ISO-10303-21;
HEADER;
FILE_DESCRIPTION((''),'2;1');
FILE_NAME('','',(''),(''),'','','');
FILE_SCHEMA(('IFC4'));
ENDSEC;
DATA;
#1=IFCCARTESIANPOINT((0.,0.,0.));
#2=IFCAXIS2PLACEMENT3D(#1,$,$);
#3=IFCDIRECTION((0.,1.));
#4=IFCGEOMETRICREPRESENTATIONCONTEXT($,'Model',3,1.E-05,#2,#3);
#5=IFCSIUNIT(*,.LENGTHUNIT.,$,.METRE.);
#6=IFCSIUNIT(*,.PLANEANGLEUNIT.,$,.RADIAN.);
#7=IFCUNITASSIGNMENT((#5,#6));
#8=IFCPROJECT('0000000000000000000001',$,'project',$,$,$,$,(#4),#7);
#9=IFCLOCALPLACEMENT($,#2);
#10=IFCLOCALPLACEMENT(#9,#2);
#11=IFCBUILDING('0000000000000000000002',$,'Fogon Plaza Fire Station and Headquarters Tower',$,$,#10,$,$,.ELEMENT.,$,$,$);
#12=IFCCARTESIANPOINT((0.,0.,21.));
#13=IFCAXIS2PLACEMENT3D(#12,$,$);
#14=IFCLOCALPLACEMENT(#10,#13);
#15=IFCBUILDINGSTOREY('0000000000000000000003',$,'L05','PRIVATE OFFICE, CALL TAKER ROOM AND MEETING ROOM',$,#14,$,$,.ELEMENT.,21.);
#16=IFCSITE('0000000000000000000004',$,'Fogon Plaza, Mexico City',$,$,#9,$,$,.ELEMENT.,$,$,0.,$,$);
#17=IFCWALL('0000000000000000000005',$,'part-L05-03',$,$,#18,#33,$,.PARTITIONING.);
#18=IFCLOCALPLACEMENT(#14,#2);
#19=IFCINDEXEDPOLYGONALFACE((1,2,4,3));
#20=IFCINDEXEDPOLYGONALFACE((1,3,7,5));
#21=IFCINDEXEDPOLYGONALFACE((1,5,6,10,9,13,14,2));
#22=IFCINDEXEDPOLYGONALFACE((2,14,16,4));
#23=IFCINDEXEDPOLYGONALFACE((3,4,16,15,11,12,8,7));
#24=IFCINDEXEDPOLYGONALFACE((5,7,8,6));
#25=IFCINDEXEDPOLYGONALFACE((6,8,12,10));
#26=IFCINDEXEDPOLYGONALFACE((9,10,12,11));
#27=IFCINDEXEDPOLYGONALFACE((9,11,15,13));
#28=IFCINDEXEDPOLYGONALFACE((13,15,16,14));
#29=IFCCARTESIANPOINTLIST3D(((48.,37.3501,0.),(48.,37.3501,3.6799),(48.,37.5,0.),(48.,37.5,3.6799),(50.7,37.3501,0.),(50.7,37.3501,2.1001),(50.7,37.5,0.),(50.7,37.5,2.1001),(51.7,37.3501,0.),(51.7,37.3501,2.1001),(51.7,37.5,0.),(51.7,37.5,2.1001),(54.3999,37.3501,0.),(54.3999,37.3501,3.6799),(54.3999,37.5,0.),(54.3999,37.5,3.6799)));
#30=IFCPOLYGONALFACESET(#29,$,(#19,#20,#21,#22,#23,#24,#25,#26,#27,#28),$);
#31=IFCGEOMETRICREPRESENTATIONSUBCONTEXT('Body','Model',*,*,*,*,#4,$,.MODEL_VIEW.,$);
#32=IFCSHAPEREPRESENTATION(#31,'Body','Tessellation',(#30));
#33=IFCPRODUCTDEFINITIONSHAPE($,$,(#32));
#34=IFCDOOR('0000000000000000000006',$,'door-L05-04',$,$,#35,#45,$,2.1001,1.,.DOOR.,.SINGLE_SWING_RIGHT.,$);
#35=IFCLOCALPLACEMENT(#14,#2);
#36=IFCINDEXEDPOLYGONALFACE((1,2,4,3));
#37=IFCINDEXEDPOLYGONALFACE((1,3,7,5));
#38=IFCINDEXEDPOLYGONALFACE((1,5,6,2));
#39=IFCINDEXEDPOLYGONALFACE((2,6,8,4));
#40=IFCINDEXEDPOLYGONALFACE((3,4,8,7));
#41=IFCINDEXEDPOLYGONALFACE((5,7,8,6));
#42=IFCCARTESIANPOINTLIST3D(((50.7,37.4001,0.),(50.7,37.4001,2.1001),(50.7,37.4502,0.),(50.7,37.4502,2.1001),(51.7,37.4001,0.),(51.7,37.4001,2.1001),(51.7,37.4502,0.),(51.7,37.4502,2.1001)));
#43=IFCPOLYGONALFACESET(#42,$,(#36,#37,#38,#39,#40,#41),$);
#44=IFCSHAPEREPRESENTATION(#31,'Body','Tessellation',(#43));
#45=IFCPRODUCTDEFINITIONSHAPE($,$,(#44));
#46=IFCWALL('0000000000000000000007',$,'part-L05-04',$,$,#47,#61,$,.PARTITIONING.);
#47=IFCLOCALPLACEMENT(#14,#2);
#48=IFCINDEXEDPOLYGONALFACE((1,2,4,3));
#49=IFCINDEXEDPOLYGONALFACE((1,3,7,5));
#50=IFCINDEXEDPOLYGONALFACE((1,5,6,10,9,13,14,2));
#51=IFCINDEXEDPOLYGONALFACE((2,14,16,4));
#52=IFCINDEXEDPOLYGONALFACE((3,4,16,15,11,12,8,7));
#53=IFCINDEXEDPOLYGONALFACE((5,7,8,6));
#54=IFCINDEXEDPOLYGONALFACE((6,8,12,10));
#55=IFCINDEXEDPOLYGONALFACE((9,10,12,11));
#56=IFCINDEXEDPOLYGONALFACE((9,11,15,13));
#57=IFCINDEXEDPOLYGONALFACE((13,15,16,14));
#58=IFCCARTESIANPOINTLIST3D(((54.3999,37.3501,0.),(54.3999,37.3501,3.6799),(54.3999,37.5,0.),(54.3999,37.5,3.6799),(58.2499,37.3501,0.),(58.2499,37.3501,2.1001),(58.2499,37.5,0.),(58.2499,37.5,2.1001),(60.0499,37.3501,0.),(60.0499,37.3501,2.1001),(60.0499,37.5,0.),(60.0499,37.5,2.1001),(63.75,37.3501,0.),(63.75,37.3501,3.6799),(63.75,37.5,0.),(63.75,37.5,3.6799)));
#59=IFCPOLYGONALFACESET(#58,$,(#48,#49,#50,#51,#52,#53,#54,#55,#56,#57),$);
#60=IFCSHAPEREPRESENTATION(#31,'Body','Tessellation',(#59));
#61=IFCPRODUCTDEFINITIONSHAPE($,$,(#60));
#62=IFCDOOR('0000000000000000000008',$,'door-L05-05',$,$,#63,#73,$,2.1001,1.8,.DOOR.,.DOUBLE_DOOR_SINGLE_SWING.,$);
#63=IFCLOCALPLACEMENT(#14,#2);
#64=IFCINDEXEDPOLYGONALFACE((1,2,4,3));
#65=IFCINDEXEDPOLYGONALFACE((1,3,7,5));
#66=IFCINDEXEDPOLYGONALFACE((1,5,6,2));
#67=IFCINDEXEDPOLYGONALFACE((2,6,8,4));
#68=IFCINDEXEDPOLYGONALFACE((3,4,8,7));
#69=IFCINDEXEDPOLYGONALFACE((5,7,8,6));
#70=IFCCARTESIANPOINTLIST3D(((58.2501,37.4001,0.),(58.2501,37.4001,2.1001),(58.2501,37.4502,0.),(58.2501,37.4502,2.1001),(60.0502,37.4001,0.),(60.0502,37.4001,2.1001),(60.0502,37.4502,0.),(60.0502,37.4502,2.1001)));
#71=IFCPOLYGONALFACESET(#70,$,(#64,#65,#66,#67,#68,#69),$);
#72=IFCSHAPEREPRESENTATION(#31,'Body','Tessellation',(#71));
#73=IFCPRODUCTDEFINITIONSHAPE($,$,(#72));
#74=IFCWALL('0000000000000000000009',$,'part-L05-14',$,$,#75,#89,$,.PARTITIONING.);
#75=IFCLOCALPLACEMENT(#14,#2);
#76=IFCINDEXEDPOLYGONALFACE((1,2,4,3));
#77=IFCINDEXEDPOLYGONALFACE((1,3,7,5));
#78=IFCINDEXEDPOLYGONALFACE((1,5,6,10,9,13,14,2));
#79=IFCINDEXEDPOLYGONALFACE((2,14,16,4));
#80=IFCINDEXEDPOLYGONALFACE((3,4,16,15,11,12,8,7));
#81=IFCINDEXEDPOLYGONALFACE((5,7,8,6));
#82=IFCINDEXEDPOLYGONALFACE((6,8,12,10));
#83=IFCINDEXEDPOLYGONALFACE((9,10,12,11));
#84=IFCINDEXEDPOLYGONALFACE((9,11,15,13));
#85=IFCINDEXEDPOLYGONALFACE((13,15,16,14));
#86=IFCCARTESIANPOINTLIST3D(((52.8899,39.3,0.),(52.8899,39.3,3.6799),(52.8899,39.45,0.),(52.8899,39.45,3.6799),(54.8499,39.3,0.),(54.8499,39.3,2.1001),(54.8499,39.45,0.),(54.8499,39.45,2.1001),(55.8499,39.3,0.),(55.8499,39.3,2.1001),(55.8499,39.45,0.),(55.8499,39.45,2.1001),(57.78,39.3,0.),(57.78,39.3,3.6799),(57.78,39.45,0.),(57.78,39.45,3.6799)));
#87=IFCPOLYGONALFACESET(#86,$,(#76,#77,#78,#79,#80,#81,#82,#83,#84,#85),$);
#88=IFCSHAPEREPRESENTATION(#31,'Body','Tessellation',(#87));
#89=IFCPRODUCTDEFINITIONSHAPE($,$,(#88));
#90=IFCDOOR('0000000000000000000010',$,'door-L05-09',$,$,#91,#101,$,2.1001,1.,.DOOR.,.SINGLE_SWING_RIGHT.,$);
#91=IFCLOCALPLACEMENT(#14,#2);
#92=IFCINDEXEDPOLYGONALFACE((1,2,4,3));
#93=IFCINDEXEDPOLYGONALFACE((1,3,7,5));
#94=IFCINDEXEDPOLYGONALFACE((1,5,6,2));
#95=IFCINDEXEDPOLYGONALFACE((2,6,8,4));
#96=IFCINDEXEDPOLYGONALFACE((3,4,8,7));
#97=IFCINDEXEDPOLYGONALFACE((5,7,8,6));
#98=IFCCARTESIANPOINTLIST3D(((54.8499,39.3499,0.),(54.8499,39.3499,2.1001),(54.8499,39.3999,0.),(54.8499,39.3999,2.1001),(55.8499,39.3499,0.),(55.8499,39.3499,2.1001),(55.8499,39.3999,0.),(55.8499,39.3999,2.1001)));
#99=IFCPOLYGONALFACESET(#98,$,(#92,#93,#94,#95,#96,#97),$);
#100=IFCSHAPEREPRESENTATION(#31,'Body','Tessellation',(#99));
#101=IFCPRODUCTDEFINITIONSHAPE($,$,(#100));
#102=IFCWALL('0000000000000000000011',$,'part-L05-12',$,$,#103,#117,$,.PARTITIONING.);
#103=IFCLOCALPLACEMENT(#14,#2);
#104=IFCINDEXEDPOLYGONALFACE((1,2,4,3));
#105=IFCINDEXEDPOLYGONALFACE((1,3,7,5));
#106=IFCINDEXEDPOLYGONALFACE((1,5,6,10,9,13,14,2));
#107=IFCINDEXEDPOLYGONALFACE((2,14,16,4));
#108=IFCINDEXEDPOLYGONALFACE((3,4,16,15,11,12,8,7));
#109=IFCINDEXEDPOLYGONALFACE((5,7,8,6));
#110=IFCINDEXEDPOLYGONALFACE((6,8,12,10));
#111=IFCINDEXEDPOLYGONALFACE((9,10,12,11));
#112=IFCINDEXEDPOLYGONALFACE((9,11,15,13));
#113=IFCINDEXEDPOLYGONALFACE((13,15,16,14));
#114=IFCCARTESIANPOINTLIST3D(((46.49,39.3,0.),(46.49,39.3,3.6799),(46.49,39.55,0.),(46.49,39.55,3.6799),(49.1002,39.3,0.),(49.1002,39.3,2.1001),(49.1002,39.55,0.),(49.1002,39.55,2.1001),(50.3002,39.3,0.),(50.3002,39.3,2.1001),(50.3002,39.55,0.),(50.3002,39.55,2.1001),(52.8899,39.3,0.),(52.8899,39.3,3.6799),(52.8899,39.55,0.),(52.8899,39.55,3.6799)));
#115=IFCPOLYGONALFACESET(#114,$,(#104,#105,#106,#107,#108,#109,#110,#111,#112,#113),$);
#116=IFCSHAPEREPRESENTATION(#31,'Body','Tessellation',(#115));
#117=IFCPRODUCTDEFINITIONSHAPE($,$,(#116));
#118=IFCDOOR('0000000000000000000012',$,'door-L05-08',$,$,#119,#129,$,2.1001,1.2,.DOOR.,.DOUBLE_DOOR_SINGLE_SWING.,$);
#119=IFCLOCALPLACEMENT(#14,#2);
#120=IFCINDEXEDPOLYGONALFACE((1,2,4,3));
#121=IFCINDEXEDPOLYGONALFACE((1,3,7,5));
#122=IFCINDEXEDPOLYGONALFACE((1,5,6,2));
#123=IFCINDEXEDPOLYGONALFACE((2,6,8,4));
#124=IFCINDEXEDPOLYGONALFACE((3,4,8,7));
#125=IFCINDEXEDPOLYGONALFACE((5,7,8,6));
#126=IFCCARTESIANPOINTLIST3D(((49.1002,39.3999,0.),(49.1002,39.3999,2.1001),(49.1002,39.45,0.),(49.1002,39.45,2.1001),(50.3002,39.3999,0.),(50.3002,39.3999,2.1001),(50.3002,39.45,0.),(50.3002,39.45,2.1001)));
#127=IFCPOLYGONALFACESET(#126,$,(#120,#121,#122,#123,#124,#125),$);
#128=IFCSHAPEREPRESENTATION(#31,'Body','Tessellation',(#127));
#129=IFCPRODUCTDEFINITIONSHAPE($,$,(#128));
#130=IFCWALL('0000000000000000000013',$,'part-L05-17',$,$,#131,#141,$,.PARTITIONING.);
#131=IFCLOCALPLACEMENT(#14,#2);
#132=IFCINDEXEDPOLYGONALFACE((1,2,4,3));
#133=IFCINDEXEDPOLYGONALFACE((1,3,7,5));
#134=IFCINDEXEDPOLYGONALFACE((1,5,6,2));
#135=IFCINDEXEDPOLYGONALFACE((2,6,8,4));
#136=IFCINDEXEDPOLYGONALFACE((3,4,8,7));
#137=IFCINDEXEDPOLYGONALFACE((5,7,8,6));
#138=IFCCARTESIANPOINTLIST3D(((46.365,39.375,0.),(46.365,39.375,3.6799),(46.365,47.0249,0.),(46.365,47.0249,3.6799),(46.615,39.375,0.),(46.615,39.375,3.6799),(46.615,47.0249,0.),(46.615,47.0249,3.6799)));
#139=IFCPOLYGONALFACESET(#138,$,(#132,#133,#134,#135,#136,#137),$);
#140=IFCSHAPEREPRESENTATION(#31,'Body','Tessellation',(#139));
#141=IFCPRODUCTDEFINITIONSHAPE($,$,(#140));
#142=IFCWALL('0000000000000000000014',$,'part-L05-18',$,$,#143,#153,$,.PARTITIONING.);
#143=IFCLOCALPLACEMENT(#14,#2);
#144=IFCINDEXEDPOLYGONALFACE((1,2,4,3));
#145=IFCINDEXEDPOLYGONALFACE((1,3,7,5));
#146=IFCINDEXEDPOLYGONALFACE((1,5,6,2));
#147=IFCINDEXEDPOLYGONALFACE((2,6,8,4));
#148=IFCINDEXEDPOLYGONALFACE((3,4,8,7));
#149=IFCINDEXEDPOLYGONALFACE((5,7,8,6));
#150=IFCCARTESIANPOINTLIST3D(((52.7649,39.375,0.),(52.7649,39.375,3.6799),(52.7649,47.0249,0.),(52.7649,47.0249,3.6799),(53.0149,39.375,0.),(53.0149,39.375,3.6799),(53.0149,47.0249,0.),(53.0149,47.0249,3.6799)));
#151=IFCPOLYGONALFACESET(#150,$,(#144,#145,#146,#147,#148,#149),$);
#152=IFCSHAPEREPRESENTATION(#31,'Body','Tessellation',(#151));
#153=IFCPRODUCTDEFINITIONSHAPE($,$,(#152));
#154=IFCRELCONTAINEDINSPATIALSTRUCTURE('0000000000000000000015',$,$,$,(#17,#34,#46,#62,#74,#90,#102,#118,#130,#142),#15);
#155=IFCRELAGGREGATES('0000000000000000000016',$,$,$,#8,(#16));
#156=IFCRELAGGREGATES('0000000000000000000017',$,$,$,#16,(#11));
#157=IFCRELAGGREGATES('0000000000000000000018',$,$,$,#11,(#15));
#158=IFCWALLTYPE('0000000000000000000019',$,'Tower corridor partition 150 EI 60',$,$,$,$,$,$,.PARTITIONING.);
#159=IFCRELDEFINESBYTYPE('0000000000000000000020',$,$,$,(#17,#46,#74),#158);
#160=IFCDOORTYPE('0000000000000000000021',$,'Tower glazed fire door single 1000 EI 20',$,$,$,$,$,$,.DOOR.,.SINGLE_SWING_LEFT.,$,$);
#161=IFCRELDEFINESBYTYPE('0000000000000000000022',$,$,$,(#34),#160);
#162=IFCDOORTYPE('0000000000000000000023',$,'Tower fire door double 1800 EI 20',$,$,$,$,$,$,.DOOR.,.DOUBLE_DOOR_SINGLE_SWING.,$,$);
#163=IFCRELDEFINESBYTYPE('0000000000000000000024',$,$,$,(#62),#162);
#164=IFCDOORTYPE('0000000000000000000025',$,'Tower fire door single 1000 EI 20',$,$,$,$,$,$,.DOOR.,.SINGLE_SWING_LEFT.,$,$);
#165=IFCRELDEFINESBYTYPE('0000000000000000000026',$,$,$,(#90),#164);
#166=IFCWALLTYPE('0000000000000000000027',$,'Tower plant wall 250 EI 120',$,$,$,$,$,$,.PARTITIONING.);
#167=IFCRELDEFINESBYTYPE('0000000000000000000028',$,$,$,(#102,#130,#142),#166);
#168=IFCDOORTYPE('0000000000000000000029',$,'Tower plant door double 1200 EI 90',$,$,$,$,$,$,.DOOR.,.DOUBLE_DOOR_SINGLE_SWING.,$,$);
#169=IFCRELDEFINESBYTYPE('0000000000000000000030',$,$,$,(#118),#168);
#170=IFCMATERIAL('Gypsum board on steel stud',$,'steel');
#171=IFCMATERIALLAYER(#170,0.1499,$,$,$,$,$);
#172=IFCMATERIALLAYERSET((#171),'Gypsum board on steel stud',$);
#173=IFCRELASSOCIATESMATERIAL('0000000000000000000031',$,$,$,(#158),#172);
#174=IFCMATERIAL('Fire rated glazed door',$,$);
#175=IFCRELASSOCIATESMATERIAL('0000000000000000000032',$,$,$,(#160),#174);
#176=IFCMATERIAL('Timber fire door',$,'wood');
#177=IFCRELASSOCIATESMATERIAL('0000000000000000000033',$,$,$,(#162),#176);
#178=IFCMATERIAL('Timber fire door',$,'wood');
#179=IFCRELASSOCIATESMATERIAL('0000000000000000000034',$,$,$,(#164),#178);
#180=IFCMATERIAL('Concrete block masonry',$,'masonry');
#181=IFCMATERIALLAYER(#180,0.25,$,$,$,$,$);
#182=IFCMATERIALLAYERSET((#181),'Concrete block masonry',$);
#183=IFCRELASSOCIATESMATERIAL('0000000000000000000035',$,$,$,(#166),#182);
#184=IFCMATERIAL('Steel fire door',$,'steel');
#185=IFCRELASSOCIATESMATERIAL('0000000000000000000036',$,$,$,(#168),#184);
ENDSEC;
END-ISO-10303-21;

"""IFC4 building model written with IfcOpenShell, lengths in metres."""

from ifc_helpers import new_model, si_unit, direction, frame, frame_2d, origin, place, context, subcontext, project, spatial, rectangle, extrude, material, layer, layer_set, type_object, element, fill, save


model = new_model("IFC4")

# Units and contexts
model_context = context("Model", 3, precision=1e-05, world=origin(), true_north=direction((0.0, 1.0)))
body_context = subcontext(model_context, "Body", "Model", "MODEL_VIEW")
ifc_project = project(units=[si_unit("LENGTHUNIT", "METRE"), si_unit("PLANEANGLEUNIT", "RADIAN")], contexts=[model_context])

# Site, building, storey
site_placement = place(None, origin())
site = spatial("IfcSite", under=ifc_project, at=site_placement, Name="Fogon Plaza, Mexico City", CompositionType="ELEMENT", RefElevation=0.0)
building_placement = place(site_placement, origin())
building = spatial("IfcBuilding", under=site, at=building_placement, Name="Fogon Plaza Fire Station and Headquarters Tower", CompositionType="ELEMENT")
storey_placement = place(building_placement, frame((0.0, 0.0, 21.0)))
storey = spatial("IfcBuildingStorey", under=building, at=storey_placement, Name="L05", Description="PRIVATE OFFICE, CALL TAKER ROOM AND MEETING ROOM", CompositionType="ELEMENT", Elevation=21.0)

# Walls, openings, doors
ifc_material_1 = material(Name="Gypsum board on steel stud", Category="steel")
ifc_layer_1 = layer(ifc_material_1, 0.1499)
ifc_layer_set_1 = layer_set([ifc_layer_1], Name="Gypsum board on steel stud")
wall_type_1 = type_object("IfcWallType", Name="Tower corridor partition 150 EI 60", PredefinedType="PARTITIONING", material=ifc_layer_set_1)
wall_1_placement = place(storey_placement, frame((48.0, 37.425, 0.0), z_axis=(0.0, 0.0, 1.0), x_axis=(1.0, 0.0, 0.0)))
wall_1 = element("IfcWall", 1, at=wall_1_placement, inside=storey, type_object=wall_type_1, Name="part-L05-03", PredefinedType="PARTITIONING", context=body_context, shape_type="SweptSolid", body=[
    extrude(rectangle(XDim=6.3999, YDim=0.1499, at=frame_2d((3.2, 0.0))), origin(), (0.0, 0.0, 1.0), 3.6799),
])
opening_1_placement = place(wall_1_placement, frame((2.7, 0.0, 0.0)))
opening_1 = element("IfcOpeningElement", 2, at=opening_1_placement, cuts=wall_1, PredefinedType="OPENING", context=body_context, shape_type="SweptSolid", body=[
    extrude(rectangle(XDim=1.0, YDim=2.1001, at=frame_2d((0.5, 1.05))), frame((0.0, 0.085, 0.0), z_axis=(0.0, -1.0, 0.0), x_axis=(1.0, 0.0, 0.0)), (0.0, 0.0, 1.0), 0.1699),
])
ifc_material_2 = material(Name="Fire rated glazed door")
door_type_1 = type_object("IfcDoorType", Name="Tower glazed fire door single 1000 EI 20", OperationType="SINGLE_SWING_LEFT", PredefinedType="DOOR", material=ifc_material_2)
door_1_placement = place(opening_1_placement, frame((1.0, 0.0, 0.0), z_axis=(0.0, 0.0, 1.0), x_axis=(-1.0, 0.0, 0.0)))
door_1 = element("IfcDoor", 3, at=door_1_placement, inside=storey, type_object=door_type_1, Name="door-L05-04", OperationType="SINGLE_SWING_RIGHT", OverallHeight=2.1001, OverallWidth=1.0, PredefinedType="DOOR", context=body_context, shape_type="SweptSolid", body=[
    extrude(rectangle(XDim=1.0, YDim=2.1001, at=frame_2d((0.5, 1.05))), frame((0.0, 0.0249, 0.0), z_axis=(0.0, -1.0, 0.0), x_axis=(1.0, 0.0, 0.0)), (0.0, 0.0, 1.0), 0.05),
])
fill(opening_1, door_1)
wall_2_placement = place(storey_placement, frame((54.3999, 37.425, 0.0), z_axis=(0.0, 0.0, 1.0), x_axis=(1.0, 0.0, 0.0)))
wall_2 = element("IfcWall", 4, at=wall_2_placement, inside=storey, type_object=wall_type_1, Name="part-L05-04", PredefinedType="PARTITIONING", context=body_context, shape_type="SweptSolid", body=[
    extrude(rectangle(XDim=9.3501, YDim=0.1499, at=frame_2d((4.675, 0.0))), origin(), (0.0, 0.0, 1.0), 3.6799),
])
opening_2_placement = place(wall_2_placement, frame((3.8501, 0.0, 0.0)))
opening_2 = element("IfcOpeningElement", 5, at=opening_2_placement, cuts=wall_2, PredefinedType="OPENING", context=body_context, shape_type="SweptSolid", body=[
    extrude(rectangle(XDim=1.8, YDim=2.1001, at=frame_2d((0.8999, 1.05))), frame((0.0, 0.085, 0.0), z_axis=(0.0, -1.0, 0.0), x_axis=(1.0, 0.0, 0.0)), (0.0, 0.0, 1.0), 0.1699),
])
ifc_material_3 = material(Name="Timber fire door", Category="wood")
door_type_2 = type_object("IfcDoorType", Name="Tower fire door double 1800 EI 20", OperationType="DOUBLE_DOOR_SINGLE_SWING", PredefinedType="DOOR", material=ifc_material_3)
door_2_placement = place(opening_2_placement, frame((1.8, 0.0, 0.0), z_axis=(0.0, 0.0, 1.0), x_axis=(-1.0, 0.0, 0.0)))
door_2 = element("IfcDoor", 6, at=door_2_placement, inside=storey, type_object=door_type_2, Name="door-L05-05", OperationType="DOUBLE_DOOR_SINGLE_SWING", OverallHeight=2.1001, OverallWidth=1.8, PredefinedType="DOOR", context=body_context, shape_type="SweptSolid", body=[
    extrude(rectangle(XDim=1.8, YDim=2.1001, at=frame_2d((0.8999, 1.05))), frame((0.0, 0.0249, 0.0), z_axis=(0.0, -1.0, 0.0), x_axis=(1.0, 0.0, 0.0)), (0.0, 0.0, 1.0), 0.05),
])
fill(opening_2, door_2)
wall_3_placement = place(storey_placement, frame((52.8899, 39.375, 0.0), z_axis=(0.0, 0.0, 1.0), x_axis=(1.0, 0.0, 0.0)))
wall_3 = element("IfcWall", 7, at=wall_3_placement, inside=storey, type_object=wall_type_1, Name="part-L05-14", PredefinedType="PARTITIONING", context=body_context, shape_type="SweptSolid", body=[
    extrude(rectangle(XDim=4.8901, YDim=0.1499, at=frame_2d((2.4451, 0.0))), origin(), (0.0, 0.0, 1.0), 3.6799),
])
opening_3_placement = place(wall_3_placement, frame((1.96, 0.0, 0.0)))
opening_3 = element("IfcOpeningElement", 8, at=opening_3_placement, cuts=wall_3, PredefinedType="OPENING", context=body_context, shape_type="SweptSolid", body=[
    extrude(rectangle(XDim=1.0, YDim=2.1001, at=frame_2d((0.5, 1.05))), frame((0.0, 0.085, 0.0), z_axis=(0.0, -1.0, 0.0), x_axis=(1.0, 0.0, 0.0)), (0.0, 0.0, 1.0), 0.1699),
])
ifc_material_4 = material(Name="Timber fire door", Category="wood")
door_type_3 = type_object("IfcDoorType", Name="Tower fire door single 1000 EI 20", OperationType="SINGLE_SWING_LEFT", PredefinedType="DOOR", material=ifc_material_4)
door_3_placement = place(opening_3_placement, origin())
door_3 = element("IfcDoor", 9, at=door_3_placement, inside=storey, type_object=door_type_3, Name="door-L05-09", OperationType="SINGLE_SWING_RIGHT", OverallHeight=2.1001, OverallWidth=1.0, PredefinedType="DOOR", context=body_context, shape_type="SweptSolid", body=[
    extrude(rectangle(XDim=1.0, YDim=2.1001, at=frame_2d((0.5, 1.05))), frame((0.0, 0.0249, 0.0), z_axis=(0.0, -1.0, 0.0), x_axis=(1.0, 0.0, 0.0)), (0.0, 0.0, 1.0), 0.05),
])
fill(opening_3, door_3)
ifc_material_5 = material(Name="Concrete block masonry", Category="masonry")
ifc_layer_2 = layer(ifc_material_5, 0.25)
ifc_layer_set_2 = layer_set([ifc_layer_2], Name="Concrete block masonry")
wall_type_2 = type_object("IfcWallType", Name="Tower plant wall 250 EI 120", PredefinedType="PARTITIONING", material=ifc_layer_set_2)
wall_4_placement = place(storey_placement, frame((46.49, 39.425, 0.0), z_axis=(0.0, 0.0, 1.0), x_axis=(1.0, 0.0, 0.0)))
wall_4 = element("IfcWall", 10, at=wall_4_placement, inside=storey, type_object=wall_type_2, Name="part-L05-12", PredefinedType="PARTITIONING", context=body_context, shape_type="SweptSolid", body=[
    extrude(rectangle(XDim=6.3999, YDim=0.25, at=frame_2d((3.2, 0.0))), origin(), (0.0, 0.0, 1.0), 3.6799),
])
opening_4_placement = place(wall_4_placement, frame((2.6101, 0.0, 0.0)))
opening_4 = element("IfcOpeningElement", 11, at=opening_4_placement, cuts=wall_4, PredefinedType="OPENING", context=body_context, shape_type="SweptSolid", body=[
    extrude(rectangle(XDim=1.2, YDim=2.1001, at=frame_2d((0.6001, 1.05))), frame((0.0, 0.135, 0.0), z_axis=(0.0, -1.0, 0.0), x_axis=(1.0, 0.0, 0.0)), (0.0, 0.0, 1.0), 0.27),
])
ifc_material_6 = material(Name="Steel fire door", Category="steel")
door_type_4 = type_object("IfcDoorType", Name="Tower plant door double 1200 EI 90", OperationType="DOUBLE_DOOR_SINGLE_SWING", PredefinedType="DOOR", material=ifc_material_6)
door_4_placement = place(opening_4_placement, origin())
door_4 = element("IfcDoor", 12, at=door_4_placement, inside=storey, type_object=door_type_4, Name="door-L05-08", OperationType="DOUBLE_DOOR_SINGLE_SWING", OverallHeight=2.1001, OverallWidth=1.2, PredefinedType="DOOR", context=body_context, shape_type="SweptSolid", body=[
    extrude(rectangle(XDim=1.2, YDim=2.1001, at=frame_2d((0.6001, 1.05))), frame((0.0, 0.0249, 0.0), z_axis=(0.0, -1.0, 0.0), x_axis=(1.0, 0.0, 0.0)), (0.0, 0.0, 1.0), 0.05),
])
fill(opening_4, door_4)

# Walls
for number, where, z_axis, x_axis, name in (
    (13, (46.49, 39.375, 0.0), (0.0, 0.0, 1.0), (0.0, 1.0, 0.0), "part-L05-17"),
    (14, (52.8899, 39.375, 0.0), (0.0, 0.0, 1.0), (0.0, 1.0, 0.0), "part-L05-18"),
):
    element("IfcWall", number, at=place(storey_placement, frame(where, z_axis=z_axis, x_axis=x_axis)), inside=storey, type_object=wall_type_2, Name=name, PredefinedType="PARTITIONING", context=body_context, shape_type="SweptSolid", body=[
        extrude(rectangle(XDim=7.6499, YDim=0.25, at=frame_2d((3.825, 0.0))), origin(), (0.0, 0.0, 1.0), 3.6799),
    ])

save(model, "model.ifc")
